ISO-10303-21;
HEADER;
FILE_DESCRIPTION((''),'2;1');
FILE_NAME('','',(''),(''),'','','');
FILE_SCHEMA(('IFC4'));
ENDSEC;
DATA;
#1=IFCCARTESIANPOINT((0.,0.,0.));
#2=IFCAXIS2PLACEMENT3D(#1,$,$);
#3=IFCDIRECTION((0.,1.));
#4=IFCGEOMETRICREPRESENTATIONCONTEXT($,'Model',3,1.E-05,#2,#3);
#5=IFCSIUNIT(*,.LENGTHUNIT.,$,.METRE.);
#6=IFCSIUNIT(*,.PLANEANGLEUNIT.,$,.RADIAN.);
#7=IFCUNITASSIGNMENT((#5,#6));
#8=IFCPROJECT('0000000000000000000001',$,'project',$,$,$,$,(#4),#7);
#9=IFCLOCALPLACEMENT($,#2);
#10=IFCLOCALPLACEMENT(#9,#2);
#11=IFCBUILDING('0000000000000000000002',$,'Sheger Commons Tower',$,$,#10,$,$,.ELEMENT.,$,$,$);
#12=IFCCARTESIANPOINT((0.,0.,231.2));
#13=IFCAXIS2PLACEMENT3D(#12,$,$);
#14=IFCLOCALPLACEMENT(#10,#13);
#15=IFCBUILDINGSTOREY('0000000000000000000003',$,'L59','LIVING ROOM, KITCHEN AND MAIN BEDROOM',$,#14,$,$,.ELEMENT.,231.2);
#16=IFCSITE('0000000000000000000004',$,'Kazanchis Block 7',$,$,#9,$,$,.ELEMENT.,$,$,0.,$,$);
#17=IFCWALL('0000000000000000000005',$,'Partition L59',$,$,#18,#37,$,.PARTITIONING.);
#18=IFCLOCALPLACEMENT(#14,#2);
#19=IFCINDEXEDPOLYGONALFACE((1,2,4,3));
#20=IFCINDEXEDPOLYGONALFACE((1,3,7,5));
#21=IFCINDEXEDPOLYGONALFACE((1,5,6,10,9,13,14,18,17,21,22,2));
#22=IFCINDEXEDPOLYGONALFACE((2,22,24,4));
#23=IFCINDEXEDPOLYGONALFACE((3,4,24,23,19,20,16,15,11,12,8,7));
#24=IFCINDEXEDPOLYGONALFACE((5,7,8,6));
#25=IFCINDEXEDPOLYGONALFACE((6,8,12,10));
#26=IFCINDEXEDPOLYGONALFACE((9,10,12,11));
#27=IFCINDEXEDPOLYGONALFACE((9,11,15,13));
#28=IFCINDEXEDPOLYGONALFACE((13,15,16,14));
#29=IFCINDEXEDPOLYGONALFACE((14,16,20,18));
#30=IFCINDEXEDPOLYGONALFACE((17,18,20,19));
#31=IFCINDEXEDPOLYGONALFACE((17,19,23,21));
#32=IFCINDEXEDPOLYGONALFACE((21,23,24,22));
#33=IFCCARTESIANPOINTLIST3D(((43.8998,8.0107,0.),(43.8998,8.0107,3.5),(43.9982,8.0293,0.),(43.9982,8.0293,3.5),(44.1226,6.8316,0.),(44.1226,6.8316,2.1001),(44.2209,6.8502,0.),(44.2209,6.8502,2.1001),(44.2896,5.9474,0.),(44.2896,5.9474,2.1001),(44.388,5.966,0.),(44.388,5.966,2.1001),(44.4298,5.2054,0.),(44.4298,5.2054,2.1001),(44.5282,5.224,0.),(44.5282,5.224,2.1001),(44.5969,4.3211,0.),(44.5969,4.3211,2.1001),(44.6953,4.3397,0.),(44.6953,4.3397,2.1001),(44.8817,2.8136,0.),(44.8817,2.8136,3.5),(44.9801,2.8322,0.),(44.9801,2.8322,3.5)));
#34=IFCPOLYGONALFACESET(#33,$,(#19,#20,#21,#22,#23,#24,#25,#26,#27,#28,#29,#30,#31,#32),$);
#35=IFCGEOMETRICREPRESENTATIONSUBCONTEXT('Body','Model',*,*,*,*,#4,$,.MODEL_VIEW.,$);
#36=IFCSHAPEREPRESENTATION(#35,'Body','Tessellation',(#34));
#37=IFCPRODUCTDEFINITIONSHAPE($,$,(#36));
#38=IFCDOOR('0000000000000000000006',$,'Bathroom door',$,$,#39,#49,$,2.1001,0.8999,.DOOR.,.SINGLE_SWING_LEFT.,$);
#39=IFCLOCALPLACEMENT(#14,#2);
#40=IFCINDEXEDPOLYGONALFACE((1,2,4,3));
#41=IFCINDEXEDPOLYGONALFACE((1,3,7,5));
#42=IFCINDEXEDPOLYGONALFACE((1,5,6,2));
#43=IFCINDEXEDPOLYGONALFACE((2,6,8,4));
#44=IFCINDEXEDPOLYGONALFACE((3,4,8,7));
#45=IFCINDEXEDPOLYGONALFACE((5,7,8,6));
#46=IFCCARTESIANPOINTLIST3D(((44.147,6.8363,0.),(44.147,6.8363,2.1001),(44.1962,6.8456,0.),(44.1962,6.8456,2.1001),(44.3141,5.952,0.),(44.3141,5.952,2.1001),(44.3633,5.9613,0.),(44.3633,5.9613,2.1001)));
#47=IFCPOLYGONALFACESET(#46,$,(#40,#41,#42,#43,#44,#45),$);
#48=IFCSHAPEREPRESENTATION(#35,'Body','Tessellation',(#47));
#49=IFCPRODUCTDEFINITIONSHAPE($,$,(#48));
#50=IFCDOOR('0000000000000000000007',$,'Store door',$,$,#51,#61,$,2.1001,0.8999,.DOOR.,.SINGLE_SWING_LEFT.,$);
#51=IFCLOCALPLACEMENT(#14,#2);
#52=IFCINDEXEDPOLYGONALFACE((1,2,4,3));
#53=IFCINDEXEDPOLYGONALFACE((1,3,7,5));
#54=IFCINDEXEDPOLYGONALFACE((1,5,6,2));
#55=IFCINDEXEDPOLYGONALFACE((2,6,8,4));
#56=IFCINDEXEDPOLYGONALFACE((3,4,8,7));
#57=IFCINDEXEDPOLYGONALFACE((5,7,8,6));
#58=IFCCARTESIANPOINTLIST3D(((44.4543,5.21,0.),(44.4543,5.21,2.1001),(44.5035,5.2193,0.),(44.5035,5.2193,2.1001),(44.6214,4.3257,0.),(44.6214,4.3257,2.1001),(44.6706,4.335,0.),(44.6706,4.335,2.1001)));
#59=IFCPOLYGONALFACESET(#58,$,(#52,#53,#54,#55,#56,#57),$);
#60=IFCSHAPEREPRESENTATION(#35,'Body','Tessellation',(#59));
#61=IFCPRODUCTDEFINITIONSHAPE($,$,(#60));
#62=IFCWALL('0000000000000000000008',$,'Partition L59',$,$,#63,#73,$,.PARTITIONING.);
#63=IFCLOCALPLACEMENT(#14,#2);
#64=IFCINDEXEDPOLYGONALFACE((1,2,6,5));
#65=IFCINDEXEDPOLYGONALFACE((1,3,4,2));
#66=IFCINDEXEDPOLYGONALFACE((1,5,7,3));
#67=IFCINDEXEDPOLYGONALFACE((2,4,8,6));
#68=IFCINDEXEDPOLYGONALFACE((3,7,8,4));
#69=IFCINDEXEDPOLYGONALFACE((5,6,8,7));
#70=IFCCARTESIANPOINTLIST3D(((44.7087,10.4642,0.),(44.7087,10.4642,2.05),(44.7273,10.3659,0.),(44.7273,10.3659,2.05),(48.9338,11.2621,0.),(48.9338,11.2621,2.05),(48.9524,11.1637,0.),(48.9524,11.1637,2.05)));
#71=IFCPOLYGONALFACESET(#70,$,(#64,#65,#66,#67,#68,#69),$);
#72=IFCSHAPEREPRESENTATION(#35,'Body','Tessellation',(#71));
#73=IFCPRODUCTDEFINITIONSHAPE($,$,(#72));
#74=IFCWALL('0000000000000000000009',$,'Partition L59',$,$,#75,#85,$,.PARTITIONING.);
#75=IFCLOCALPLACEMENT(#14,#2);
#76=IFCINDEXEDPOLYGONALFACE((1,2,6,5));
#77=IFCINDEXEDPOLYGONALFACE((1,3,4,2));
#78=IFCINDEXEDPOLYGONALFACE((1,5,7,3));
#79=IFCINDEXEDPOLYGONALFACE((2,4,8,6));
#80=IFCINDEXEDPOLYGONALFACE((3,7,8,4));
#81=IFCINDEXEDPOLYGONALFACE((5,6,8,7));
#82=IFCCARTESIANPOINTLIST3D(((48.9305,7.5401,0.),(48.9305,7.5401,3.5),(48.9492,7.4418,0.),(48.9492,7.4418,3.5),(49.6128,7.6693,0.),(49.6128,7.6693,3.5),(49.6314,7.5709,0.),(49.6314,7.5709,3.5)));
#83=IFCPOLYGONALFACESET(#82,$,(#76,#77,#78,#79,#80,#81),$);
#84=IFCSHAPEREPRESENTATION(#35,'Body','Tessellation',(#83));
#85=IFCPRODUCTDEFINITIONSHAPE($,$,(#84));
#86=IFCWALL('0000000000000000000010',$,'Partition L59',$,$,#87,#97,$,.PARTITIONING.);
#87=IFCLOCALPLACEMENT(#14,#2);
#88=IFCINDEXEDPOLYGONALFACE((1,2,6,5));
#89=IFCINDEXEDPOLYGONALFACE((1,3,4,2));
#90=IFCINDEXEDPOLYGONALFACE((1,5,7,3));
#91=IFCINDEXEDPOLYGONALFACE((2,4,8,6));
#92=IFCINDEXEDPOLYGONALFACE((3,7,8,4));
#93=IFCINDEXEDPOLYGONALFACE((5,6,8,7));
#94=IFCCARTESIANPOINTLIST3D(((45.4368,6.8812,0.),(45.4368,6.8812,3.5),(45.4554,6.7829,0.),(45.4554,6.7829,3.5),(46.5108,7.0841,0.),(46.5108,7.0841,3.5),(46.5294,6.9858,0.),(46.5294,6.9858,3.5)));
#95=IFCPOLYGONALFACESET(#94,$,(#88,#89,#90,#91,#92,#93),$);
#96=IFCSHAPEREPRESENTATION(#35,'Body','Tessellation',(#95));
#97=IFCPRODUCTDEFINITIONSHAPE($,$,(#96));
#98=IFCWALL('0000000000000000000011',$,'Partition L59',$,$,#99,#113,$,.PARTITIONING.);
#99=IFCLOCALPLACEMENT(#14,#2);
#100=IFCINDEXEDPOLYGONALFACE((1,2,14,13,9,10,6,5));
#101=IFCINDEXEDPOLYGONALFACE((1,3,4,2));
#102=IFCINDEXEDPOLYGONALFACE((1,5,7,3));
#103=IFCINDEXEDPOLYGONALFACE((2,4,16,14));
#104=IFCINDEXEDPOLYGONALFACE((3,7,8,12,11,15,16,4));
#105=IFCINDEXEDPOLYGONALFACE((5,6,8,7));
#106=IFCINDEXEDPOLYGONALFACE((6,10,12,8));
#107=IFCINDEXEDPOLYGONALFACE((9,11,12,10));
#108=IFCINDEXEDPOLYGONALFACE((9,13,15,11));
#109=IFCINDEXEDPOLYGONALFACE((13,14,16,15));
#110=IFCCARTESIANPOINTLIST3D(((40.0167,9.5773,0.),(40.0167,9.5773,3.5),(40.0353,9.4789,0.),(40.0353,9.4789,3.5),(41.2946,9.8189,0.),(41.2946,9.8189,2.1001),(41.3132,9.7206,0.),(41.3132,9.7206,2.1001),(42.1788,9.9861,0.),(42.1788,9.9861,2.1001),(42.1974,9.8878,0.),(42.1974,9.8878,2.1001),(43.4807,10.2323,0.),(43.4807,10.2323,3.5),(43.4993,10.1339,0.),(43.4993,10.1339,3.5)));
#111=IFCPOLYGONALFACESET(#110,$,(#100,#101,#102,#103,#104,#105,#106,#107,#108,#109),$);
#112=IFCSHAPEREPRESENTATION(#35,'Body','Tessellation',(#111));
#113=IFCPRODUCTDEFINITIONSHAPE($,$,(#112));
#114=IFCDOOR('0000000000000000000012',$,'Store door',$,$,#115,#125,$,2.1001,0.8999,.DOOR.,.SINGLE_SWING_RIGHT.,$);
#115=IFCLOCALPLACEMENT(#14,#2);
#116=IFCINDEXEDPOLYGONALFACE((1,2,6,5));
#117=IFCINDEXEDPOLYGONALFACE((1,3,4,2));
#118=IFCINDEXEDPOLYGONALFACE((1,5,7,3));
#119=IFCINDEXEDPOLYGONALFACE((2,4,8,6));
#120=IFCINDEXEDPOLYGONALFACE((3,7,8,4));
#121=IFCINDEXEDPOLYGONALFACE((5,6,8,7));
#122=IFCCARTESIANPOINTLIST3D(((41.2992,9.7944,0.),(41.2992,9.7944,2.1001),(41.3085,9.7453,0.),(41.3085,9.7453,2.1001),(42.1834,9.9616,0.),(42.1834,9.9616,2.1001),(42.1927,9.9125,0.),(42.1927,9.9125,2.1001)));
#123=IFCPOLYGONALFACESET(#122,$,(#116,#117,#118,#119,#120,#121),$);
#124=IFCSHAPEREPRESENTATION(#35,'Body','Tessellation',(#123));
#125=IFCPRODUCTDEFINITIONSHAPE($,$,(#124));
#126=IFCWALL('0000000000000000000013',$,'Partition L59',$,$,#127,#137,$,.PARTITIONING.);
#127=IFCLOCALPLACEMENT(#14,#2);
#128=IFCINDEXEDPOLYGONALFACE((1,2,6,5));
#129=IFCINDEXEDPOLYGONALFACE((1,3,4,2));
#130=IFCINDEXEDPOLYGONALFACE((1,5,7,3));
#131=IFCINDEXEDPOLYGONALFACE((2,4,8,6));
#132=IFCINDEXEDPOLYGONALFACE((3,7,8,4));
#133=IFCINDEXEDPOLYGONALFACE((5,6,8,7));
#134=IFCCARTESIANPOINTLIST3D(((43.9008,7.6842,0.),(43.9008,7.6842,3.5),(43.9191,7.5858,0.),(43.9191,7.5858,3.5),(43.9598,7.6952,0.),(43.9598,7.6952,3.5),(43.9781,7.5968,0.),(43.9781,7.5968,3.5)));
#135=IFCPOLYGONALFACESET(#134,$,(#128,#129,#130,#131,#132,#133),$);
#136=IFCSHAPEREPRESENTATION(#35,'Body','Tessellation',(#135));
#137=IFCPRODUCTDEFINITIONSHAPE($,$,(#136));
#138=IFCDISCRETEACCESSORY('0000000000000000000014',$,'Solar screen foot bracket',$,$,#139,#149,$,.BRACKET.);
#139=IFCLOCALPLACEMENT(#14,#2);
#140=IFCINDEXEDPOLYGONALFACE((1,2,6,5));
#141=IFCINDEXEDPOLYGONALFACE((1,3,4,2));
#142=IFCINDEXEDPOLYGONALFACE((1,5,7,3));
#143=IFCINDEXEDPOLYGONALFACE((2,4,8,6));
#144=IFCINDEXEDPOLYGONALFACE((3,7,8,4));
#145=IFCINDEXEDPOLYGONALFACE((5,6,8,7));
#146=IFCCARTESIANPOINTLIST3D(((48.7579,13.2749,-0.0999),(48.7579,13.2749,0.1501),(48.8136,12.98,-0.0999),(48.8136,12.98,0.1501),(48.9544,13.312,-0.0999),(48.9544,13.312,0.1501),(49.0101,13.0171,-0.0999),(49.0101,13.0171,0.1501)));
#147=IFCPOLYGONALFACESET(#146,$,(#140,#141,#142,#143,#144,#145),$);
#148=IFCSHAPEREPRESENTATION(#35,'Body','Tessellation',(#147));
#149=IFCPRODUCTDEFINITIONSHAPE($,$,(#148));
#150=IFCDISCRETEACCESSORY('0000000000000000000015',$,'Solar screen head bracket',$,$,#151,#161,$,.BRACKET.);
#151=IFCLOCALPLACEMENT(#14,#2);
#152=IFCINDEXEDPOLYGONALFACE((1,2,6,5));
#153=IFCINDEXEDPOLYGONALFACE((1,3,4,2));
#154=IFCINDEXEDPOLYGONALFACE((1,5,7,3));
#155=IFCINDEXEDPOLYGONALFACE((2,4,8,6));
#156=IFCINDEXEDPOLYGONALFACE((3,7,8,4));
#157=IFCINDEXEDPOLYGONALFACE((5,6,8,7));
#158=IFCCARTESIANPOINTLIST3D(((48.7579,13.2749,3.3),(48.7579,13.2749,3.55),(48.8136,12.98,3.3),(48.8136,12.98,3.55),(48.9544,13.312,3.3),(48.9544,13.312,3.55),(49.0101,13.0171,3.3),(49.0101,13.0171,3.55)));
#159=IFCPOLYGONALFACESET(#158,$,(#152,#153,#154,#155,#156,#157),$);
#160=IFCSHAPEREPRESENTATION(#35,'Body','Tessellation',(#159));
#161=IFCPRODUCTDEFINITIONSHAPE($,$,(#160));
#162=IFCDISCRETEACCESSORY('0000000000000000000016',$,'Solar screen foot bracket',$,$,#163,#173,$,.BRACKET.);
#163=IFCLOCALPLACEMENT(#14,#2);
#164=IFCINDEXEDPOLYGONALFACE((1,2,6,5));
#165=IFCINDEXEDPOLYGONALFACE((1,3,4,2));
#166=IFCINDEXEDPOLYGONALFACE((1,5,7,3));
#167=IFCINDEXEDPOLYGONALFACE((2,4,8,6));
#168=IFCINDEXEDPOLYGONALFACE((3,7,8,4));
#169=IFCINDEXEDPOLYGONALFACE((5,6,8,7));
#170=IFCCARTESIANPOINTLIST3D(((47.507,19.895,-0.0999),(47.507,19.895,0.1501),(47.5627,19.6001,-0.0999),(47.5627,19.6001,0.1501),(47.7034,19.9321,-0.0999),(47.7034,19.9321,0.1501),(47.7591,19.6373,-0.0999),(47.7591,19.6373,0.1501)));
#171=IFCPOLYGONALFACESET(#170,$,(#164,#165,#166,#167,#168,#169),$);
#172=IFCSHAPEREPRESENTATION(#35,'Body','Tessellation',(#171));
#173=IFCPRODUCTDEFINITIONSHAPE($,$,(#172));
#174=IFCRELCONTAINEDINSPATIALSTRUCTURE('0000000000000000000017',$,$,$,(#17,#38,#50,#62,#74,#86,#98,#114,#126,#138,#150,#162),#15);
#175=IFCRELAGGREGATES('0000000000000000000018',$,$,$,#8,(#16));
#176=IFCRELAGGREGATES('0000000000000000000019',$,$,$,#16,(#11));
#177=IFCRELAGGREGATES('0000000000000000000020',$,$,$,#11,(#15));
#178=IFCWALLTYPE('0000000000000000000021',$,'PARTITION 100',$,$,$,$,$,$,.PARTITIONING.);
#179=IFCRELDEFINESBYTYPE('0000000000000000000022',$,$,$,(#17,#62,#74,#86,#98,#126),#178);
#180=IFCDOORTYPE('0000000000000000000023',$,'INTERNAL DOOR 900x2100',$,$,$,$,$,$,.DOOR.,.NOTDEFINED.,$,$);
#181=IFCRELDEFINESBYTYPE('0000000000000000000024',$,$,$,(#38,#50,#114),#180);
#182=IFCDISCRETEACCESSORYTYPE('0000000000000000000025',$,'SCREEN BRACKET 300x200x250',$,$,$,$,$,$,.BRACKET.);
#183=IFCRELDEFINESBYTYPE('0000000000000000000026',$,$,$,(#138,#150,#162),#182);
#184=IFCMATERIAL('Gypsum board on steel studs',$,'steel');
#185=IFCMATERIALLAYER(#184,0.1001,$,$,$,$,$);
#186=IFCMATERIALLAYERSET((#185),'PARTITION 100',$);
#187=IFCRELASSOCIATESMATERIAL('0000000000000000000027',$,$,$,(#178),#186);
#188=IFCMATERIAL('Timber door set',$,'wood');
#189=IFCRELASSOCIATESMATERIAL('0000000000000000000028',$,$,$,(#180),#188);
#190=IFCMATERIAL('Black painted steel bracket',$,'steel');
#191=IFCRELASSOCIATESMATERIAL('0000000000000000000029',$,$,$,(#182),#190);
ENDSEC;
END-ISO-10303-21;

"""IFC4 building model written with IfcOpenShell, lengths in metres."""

from ifc_helpers import new_model, si_unit, direction, frame, frame_2d, origin, origin_2d, place, context, subcontext, project, spatial, rectangle, extrude, material, layer, layer_set, type_object, element, fill, save


model = new_model("IFC4")

# Units and contexts
model_context = context("Model", 3, precision=1e-05, world=origin(), true_north=direction((0.0, 1.0)))
body_context = subcontext(model_context, "Body", "Model", "MODEL_VIEW")
ifc_project = project(units=[si_unit("LENGTHUNIT", "METRE"), si_unit("PLANEANGLEUNIT", "RADIAN")], contexts=[model_context])

# Site, building, storey
site_placement = place(None, origin())
site = spatial("IfcSite", under=ifc_project, at=site_placement, Name="Kazanchis Block 7", CompositionType="ELEMENT", RefElevation=0.0)
building_placement = place(site_placement, origin())
building = spatial("IfcBuilding", under=site, at=building_placement, Name="Sheger Commons Tower", CompositionType="ELEMENT")
storey_placement = place(building_placement, frame((0.0, 0.0, 231.2)))
storey = spatial("IfcBuildingStorey", under=building, at=storey_placement, Name="L59", Description="LIVING ROOM, KITCHEN AND MAIN BEDROOM", CompositionType="ELEMENT", Elevation=231.2)

# Shared definitions
ifc_material_1 = material(Name="Gypsum board on steel studs", Category="steel")
ifc_layer_1 = layer(ifc_material_1, 0.1001)
ifc_layer_set_1 = layer_set([ifc_layer_1], Name="PARTITION 100")
wall_type_1 = type_object("IfcWallType", Name="PARTITION 100", PredefinedType="PARTITIONING", material=ifc_layer_set_1)

# Shared definitions
ifc_material_2 = material(Name="Timber door set", Category="wood")
door_type = type_object("IfcDoorType", Name="INTERNAL DOOR 900x2100", OperationType="NOTDEFINED", PredefinedType="DOOR", material=ifc_material_2)

# Wall, openings, doors
wall_1_placement = place(storey_placement, frame((43.949, 8.02, 0.0), z_axis=(0.0, 0.0, 1.0), x_axis=(0.185657, -0.982615, 0.0)))
wall_1 = element("IfcWall", 1, at=wall_1_placement, inside=storey, type_object=wall_type_1, Name="Partition L59", PredefinedType="PARTITIONING", context=body_context, shape_type="SweptSolid", body=[
    extrude(rectangle(XDim=5.2891, YDim=0.1001, at=frame_2d((2.6445, 0.0))), origin(), (0.0, 0.0, 1.0), 3.5),
])
opening_1_placement = place(wall_1_placement, frame((1.2, 0.0, 0.0)))
opening_1 = element("IfcOpeningElement", 2, at=opening_1_placement, cuts=wall_1, PredefinedType="OPENING", context=body_context, shape_type="SweptSolid", body=[
    extrude(rectangle(XDim=0.8999, YDim=2.1001, at=frame_2d((0.45, 1.05))), frame((0.0, 0.0601, 0.0), z_axis=(0.0, -1.0, 0.0), x_axis=(1.0, 0.0, 0.0)), (0.0, 0.0, 1.0), 0.1201),
])
opening_2_placement = place(wall_1_placement, frame((2.855, 0.0, 0.0)))
opening_2 = element("IfcOpeningElement", 3, at=opening_2_placement, cuts=wall_1, PredefinedType="OPENING", context=body_context, shape_type="SweptSolid", body=[
    extrude(rectangle(XDim=0.8999, YDim=2.1001, at=frame_2d((0.45, 1.05))), frame((0.0, 0.0601, 0.0), z_axis=(0.0, -1.0, 0.0), x_axis=(1.0, 0.0, 0.0)), (0.0, 0.0, 1.0), 0.1201),
])
door_1_placement = place(opening_1_placement, origin())
door_1 = element("IfcDoor", 4, at=door_1_placement, inside=storey, type_object=door_type, Name="Bathroom door", OperationType="SINGLE_SWING_LEFT", OverallHeight=2.1001, OverallWidth=0.8999, PredefinedType="DOOR", context=body_context, shape_type="SweptSolid", body=[
    extrude(rectangle(XDim=0.8999, YDim=2.1001, at=frame_2d((0.45, 1.05))), frame((0.0, 0.0249, 0.0), z_axis=(0.0, -1.0, 0.0), x_axis=(1.0, 0.0, 0.0)), (0.0, 0.0, 1.0), 0.05),
])
fill(opening_1, door_1)
door_2_placement = place(opening_2_placement, origin())
door_2 = element("IfcDoor", 5, at=door_2_placement, inside=storey, type_object=door_type, Name="Store door", OperationType="SINGLE_SWING_LEFT", OverallHeight=2.1001, OverallWidth=0.8999, PredefinedType="DOOR", context=body_context, shape_type="SweptSolid", body=[
    extrude(rectangle(XDim=0.8999, YDim=2.1001, at=frame_2d((0.45, 1.05))), frame((0.0, 0.0249, 0.0), z_axis=(0.0, -1.0, 0.0), x_axis=(1.0, 0.0, 0.0)), (0.0, 0.0, 1.0), 0.05),
])
fill(opening_2, door_2)

# Walls
wall_2_placement = place(storey_placement, frame((48.9431, 11.2129, 0.0), z_axis=(0.0, 0.0, 1.0), x_axis=(-0.982634, -0.185557, 0.0)))
element("IfcWall", 6, at=wall_2_placement, inside=storey, type_object=wall_type_1, Name="Partition L59", PredefinedType="PARTITIONING", context=body_context, shape_type="SweptSolid", body=[
    extrude(rectangle(XDim=4.2998, YDim=0.1001, at=frame_2d((2.1499, 0.0))), origin(), (0.0, 0.0, 1.0), 2.05),
])
wall_3_placement = place(storey_placement, frame((49.6221, 7.6201, 0.0), z_axis=(0.0, 0.0, 1.0), x_axis=(-0.982544, -0.186029, 0.0)))
element("IfcWall", 7, at=wall_3_placement, inside=storey, type_object=wall_type_1, Name="Partition L59", PredefinedType="PARTITIONING", context=body_context, shape_type="SweptSolid", body=[
    extrude(rectangle(XDim=0.6943, YDim=0.1001, at=frame_2d((0.3472, 0.0))), origin(), (0.0, 0.0, 1.0), 3.5),
])
wall_4_placement = place(storey_placement, frame((46.52, 7.0349, 0.0), z_axis=(0.0, 0.0, 1.0), x_axis=(-0.982621, -0.185624, 0.0)))
element("IfcWall", 8, at=wall_4_placement, inside=storey, type_object=wall_type_1, Name="Partition L59", PredefinedType="PARTITIONING", context=body_context, shape_type="SweptSolid", body=[
    extrude(rectangle(XDim=1.093, YDim=0.1001, at=frame_2d((0.5464, 0.0))), origin(), (0.0, 0.0, 1.0), 3.5),
])

# Wall, opening, door
wall_5_placement = place(storey_placement, frame((43.49, 10.1831, 0.0), z_axis=(0.0, 0.0, 1.0), x_axis=(-0.982588, -0.185798, 0.0)))
wall_5 = element("IfcWall", 9, at=wall_5_placement, inside=storey, type_object=wall_type_1, Name="Partition L59", PredefinedType="PARTITIONING", context=body_context, shape_type="SweptSolid", body=[
    extrude(rectangle(XDim=3.5254, YDim=0.1001, at=frame_2d((1.7627, 0.0))), origin(), (0.0, 0.0, 1.0), 3.5),
])
opening_3_placement = place(wall_5_placement, frame((1.325, 0.0, 0.0)))
opening_3 = element("IfcOpeningElement", 10, at=opening_3_placement, cuts=wall_5, PredefinedType="OPENING", context=body_context, shape_type="SweptSolid", body=[
    extrude(rectangle(XDim=0.8999, YDim=2.1001, at=frame_2d((0.45, 1.05))), frame((0.0, 0.0601, 0.0), z_axis=(0.0, -1.0, 0.0), x_axis=(1.0, 0.0, 0.0)), (0.0, 0.0, 1.0), 0.1201),
])
door_3_placement = place(opening_3_placement, origin())
door_3 = element("IfcDoor", 11, at=door_3_placement, inside=storey, type_object=door_type, Name="Store door", OperationType="SINGLE_SWING_RIGHT", OverallHeight=2.1001, OverallWidth=0.8999, PredefinedType="DOOR", context=body_context, shape_type="SweptSolid", body=[
    extrude(rectangle(XDim=0.8999, YDim=2.1001, at=frame_2d((0.45, 1.05))), frame((0.0, 0.0249, 0.0), z_axis=(0.0, -1.0, 0.0), x_axis=(1.0, 0.0, 0.0)), (0.0, 0.0, 1.0), 0.05),
])
fill(opening_3, door_3)

# Wall
wall_6_placement = place(storey_placement, frame((43.969, 7.646, 0.0), z_axis=(0.0, 0.0, 1.0), x_axis=(-0.983147, -0.182817, 0.0)))
element("IfcWall", 12, at=wall_6_placement, inside=storey, type_object=wall_type_1, Name="Partition L59", PredefinedType="PARTITIONING", context=body_context, shape_type="SweptSolid", body=[
    extrude(rectangle(XDim=0.0601, YDim=0.1001, at=frame_2d((0.03, 0.0))), origin(), (0.0, 0.0, 1.0), 3.5),
])

# Discrete accessories
ifc_material_3 = material(Name="Black painted steel bracket", Category="steel")
discrete_accessory_type = type_object("IfcDiscreteAccessoryType", Name="SCREEN BRACKET 300x200x250", PredefinedType="BRACKET", material=ifc_material_3)
for number, where, z_axis, x_axis, name in (
    (13, (48.884, 13.146, -0.0999), (0.0, 0.0, 1.0), (-0.185615, 0.982623, 0.0), "Solar screen foot bracket"),
    (14, (48.884, 13.146, 3.3), (0.0, 0.0, 1.0), (-0.185615, 0.982623, 0.0), "Solar screen head bracket"),
    (15, (47.6331, 19.7661, -0.0999), (0.0, 0.0, 1.0), (-0.185615, 0.982623, 0.0), "Solar screen foot bracket"),
):
    element("IfcDiscreteAccessory", number, at=place(storey_placement, frame(where, z_axis=z_axis, x_axis=x_axis)), inside=storey, type_object=discrete_accessory_type, Name=name, PredefinedType="BRACKET", context=body_context, shape_type="SweptSolid", body=[
        extrude(rectangle(XDim=0.3, YDim=0.2, at=origin_2d()), origin(), (0.0, 0.0, 1.0), 0.25),
    ])

save(model, "model.ifc")
